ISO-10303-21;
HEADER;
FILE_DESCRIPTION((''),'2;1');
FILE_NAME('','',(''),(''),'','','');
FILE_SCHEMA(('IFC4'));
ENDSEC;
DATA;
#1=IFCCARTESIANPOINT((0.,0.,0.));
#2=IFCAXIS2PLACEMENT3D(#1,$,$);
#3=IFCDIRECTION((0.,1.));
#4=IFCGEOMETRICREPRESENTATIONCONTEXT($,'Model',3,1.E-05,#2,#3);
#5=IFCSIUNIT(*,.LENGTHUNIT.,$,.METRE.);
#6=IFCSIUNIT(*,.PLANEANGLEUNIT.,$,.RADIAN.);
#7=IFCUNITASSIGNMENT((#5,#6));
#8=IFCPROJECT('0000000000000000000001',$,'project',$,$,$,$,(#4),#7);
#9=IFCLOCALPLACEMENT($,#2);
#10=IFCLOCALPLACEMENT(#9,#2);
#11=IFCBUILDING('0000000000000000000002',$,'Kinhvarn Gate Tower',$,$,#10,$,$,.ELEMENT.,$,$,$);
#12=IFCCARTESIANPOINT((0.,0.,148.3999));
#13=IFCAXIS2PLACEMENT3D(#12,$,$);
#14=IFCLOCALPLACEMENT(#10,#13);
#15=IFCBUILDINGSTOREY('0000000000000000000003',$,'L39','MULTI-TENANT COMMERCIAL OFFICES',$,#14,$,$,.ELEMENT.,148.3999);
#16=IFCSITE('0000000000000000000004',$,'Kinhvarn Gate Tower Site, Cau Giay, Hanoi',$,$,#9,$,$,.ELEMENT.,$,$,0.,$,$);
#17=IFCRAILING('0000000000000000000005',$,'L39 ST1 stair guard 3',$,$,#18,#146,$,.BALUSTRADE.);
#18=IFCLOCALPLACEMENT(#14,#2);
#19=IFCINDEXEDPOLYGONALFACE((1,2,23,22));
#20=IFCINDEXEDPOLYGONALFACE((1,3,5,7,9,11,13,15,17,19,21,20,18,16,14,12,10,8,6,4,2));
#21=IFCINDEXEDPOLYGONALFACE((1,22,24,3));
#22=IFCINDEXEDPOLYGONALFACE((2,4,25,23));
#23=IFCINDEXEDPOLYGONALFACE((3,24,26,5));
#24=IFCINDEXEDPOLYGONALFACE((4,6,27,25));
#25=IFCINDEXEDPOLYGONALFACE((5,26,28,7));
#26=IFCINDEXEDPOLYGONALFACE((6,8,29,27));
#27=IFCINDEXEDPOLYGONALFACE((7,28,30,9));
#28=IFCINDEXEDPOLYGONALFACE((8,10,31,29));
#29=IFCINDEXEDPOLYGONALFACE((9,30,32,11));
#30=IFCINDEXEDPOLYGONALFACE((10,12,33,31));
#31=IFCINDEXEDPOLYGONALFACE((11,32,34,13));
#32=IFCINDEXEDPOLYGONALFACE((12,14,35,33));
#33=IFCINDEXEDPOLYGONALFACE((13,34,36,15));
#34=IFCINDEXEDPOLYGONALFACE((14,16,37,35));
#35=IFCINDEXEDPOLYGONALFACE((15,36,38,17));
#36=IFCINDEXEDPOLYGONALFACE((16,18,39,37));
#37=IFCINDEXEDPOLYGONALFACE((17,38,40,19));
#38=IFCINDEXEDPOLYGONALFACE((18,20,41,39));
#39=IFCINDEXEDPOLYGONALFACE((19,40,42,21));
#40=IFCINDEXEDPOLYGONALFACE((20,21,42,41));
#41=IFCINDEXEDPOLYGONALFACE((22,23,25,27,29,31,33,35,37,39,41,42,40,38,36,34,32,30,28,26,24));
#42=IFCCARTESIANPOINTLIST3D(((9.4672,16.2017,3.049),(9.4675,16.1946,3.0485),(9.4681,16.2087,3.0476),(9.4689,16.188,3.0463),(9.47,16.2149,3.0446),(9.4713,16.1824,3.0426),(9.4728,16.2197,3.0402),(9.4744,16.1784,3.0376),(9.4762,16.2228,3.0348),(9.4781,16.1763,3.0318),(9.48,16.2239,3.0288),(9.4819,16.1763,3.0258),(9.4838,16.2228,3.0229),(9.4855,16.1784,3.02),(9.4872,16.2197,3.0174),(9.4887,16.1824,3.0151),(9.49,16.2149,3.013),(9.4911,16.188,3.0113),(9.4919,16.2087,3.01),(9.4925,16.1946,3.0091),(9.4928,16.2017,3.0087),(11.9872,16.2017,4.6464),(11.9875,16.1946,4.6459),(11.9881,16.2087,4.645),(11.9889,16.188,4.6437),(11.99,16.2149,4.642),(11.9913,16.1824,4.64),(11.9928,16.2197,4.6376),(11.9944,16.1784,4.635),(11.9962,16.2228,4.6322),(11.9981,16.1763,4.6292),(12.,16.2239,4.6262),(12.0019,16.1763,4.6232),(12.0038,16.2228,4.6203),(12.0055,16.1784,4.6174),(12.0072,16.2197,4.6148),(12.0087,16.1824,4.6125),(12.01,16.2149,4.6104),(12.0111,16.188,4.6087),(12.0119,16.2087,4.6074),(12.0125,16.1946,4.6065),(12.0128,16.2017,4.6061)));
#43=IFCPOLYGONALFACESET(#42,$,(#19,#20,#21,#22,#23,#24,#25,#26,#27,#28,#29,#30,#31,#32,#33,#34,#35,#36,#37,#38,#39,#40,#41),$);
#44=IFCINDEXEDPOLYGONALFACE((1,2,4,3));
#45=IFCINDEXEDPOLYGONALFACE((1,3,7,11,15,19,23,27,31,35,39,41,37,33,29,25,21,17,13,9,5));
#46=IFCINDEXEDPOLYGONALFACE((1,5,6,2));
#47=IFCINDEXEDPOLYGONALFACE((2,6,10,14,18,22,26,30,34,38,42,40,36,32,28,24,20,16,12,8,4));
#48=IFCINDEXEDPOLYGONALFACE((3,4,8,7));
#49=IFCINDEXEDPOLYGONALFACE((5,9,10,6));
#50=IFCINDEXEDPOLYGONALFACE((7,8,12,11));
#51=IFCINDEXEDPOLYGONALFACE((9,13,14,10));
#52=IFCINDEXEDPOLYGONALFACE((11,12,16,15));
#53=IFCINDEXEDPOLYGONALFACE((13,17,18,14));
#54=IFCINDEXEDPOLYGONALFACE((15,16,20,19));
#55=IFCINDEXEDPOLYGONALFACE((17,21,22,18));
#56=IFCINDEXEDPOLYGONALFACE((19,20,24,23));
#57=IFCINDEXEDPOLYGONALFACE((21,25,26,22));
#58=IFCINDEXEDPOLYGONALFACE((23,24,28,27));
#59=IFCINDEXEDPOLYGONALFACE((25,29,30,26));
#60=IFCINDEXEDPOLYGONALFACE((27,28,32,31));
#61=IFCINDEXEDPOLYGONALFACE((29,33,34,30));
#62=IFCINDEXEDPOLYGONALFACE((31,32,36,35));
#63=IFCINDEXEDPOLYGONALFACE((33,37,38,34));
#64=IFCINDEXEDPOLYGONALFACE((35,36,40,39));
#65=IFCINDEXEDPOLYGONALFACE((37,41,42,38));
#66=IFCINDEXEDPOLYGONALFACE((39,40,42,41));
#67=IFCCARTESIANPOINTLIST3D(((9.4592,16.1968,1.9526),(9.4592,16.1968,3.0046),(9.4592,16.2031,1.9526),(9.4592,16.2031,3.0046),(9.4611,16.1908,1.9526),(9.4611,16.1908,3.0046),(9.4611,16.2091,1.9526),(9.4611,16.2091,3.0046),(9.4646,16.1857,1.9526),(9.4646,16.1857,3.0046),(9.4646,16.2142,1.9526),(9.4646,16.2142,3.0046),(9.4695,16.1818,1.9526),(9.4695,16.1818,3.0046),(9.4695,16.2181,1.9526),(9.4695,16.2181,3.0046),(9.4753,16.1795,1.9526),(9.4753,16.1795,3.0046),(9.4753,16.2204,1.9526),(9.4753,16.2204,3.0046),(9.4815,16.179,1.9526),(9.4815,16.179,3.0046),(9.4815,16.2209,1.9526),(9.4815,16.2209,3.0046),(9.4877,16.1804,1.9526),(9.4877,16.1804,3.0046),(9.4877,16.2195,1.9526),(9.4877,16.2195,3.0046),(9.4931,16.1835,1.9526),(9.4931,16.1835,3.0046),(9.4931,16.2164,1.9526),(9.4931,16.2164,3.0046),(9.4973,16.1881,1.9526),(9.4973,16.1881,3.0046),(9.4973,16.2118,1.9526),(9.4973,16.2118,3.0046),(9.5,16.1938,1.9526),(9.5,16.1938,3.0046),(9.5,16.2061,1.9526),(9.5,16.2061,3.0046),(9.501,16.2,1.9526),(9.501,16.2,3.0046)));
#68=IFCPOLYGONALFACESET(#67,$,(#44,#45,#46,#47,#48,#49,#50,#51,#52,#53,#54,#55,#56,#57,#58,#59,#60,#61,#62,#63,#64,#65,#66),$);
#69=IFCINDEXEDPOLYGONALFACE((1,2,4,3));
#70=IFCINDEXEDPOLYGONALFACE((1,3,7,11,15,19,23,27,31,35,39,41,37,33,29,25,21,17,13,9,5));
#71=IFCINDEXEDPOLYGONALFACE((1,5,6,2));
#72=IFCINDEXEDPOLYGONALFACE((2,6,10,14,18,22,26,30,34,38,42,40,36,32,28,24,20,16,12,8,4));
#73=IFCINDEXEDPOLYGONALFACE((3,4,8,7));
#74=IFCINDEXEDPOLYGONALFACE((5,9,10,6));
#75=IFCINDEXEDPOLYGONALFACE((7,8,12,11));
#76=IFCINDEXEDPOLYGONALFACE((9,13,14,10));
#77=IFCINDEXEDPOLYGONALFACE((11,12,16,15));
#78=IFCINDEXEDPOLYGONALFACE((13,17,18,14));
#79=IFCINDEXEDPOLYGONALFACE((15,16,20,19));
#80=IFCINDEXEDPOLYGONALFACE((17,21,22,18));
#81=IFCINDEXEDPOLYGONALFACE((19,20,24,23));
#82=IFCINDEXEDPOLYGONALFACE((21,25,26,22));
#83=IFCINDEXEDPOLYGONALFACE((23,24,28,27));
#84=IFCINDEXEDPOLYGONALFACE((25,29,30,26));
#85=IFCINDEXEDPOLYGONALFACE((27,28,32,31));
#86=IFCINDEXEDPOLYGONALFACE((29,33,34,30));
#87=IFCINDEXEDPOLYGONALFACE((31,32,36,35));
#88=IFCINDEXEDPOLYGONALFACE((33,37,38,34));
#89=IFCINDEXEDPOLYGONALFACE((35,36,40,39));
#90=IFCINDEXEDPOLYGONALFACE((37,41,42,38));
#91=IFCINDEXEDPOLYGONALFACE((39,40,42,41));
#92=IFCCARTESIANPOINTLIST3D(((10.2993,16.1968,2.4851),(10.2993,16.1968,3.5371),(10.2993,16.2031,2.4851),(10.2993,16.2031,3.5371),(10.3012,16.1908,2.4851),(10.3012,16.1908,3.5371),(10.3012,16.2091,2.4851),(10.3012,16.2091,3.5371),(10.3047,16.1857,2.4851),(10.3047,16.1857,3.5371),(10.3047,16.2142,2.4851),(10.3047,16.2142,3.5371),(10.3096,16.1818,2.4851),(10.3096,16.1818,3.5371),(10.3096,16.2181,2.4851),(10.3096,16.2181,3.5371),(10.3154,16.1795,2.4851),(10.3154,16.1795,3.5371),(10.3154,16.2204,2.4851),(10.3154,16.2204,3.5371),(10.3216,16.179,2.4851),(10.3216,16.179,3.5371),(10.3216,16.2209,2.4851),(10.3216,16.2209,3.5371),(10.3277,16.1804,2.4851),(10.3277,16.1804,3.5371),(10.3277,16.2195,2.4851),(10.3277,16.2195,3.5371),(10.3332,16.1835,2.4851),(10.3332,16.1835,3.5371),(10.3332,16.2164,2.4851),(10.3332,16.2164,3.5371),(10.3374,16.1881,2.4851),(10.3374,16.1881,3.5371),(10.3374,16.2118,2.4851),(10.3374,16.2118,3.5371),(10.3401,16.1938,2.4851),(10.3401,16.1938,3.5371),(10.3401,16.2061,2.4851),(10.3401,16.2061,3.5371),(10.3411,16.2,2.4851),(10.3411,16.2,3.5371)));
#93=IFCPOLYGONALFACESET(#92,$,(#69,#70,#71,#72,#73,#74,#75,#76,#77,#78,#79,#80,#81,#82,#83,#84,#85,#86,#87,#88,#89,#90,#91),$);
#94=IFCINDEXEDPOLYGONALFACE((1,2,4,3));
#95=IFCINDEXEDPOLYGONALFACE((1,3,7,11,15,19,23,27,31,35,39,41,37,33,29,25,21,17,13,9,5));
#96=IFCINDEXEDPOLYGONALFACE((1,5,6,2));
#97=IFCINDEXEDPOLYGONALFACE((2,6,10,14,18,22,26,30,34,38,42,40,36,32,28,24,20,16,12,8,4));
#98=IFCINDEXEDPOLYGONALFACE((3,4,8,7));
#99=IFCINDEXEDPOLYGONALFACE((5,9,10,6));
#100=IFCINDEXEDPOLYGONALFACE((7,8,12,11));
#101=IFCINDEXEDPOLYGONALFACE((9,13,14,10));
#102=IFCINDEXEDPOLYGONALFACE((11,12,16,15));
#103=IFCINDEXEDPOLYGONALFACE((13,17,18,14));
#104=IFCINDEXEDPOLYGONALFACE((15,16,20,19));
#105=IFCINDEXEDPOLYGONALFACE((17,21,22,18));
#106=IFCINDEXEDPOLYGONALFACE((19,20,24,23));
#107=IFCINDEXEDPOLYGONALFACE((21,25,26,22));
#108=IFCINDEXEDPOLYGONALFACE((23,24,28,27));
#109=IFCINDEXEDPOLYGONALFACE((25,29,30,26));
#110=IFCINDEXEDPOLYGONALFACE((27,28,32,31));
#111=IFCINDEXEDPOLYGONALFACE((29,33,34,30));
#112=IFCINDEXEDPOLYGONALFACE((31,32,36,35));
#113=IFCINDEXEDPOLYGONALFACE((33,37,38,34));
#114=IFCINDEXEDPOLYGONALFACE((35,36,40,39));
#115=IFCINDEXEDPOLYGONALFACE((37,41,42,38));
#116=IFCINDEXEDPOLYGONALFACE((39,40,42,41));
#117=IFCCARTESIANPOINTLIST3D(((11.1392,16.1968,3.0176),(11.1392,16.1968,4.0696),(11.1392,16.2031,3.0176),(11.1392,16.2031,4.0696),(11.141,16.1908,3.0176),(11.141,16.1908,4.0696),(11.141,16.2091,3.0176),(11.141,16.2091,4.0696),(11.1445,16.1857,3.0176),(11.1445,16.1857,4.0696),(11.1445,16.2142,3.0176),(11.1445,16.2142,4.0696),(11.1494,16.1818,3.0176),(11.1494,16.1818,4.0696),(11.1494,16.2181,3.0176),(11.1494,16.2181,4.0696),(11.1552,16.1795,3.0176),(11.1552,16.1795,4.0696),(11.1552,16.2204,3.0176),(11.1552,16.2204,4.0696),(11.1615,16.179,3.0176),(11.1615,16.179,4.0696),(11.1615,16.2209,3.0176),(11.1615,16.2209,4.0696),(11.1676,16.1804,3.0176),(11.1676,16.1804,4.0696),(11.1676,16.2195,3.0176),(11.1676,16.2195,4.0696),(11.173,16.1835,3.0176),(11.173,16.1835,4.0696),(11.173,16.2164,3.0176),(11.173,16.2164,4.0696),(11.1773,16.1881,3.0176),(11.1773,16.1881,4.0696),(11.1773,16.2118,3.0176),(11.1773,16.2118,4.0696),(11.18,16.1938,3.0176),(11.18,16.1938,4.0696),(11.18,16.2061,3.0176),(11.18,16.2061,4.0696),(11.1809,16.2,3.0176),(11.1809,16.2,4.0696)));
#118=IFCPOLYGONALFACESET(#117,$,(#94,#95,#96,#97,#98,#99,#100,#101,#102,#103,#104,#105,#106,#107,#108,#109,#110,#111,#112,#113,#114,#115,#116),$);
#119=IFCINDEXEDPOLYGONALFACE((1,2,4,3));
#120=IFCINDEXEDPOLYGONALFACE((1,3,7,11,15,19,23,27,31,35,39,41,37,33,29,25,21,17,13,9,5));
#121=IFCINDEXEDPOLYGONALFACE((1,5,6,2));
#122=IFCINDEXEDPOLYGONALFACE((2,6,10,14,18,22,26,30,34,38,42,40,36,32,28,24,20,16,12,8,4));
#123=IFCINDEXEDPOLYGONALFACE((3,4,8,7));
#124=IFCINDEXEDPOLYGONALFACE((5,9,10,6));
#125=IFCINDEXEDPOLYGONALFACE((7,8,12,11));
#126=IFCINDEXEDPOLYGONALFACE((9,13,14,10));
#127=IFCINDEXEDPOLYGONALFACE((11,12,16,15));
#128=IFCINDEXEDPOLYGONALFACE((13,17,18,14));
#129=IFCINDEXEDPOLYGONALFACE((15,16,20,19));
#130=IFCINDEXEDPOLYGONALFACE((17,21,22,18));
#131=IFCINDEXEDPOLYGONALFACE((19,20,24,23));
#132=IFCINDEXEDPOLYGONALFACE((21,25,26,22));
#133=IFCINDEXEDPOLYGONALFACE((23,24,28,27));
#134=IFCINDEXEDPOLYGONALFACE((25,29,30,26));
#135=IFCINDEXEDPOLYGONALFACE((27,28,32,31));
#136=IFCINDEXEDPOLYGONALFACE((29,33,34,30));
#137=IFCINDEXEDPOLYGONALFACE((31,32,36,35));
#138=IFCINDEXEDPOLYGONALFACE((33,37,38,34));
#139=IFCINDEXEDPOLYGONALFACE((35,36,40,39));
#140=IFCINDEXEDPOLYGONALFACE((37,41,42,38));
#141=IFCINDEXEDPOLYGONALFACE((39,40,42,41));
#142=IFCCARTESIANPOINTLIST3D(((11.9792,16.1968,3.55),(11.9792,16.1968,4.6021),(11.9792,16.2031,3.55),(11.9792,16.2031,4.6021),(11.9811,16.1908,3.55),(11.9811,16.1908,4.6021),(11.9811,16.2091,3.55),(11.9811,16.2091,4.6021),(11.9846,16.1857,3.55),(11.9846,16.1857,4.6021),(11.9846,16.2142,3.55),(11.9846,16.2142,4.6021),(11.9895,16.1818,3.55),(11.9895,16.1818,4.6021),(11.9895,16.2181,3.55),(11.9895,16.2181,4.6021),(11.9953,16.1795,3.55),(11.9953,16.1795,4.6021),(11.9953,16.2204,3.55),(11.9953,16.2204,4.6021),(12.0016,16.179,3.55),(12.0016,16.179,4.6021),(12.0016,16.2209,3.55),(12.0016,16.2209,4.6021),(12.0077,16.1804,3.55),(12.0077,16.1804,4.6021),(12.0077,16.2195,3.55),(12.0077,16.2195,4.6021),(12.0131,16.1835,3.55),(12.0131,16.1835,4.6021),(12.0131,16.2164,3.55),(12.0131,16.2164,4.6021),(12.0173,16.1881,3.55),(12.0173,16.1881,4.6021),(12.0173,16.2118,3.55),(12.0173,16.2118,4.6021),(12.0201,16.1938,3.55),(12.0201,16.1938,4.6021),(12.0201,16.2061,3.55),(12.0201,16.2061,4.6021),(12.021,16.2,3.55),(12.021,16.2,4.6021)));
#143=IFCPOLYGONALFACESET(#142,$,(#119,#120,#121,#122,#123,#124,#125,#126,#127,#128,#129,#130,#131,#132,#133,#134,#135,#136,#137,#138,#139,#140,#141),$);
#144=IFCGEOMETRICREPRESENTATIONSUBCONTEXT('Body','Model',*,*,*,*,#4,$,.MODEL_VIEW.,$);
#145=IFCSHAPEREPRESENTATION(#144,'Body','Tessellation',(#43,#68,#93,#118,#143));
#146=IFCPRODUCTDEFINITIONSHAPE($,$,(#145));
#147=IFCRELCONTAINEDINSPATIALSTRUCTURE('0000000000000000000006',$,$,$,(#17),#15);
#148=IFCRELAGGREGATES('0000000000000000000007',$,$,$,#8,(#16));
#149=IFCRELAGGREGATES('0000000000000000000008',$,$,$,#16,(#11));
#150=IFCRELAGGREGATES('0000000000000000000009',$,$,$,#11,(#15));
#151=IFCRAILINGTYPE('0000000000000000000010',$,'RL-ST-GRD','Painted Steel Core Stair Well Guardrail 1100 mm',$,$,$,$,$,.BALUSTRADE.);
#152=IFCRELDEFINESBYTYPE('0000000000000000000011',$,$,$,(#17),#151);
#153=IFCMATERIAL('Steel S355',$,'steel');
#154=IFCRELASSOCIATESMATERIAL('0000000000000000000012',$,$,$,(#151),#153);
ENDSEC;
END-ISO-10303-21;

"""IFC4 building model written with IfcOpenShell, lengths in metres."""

from ifc_helpers import new_model, si_unit, direction, frame, origin, origin_2d, place, context, subcontext, project, spatial, circle, extrude, material, type_object, element, save


model = new_model("IFC4")

# Units and contexts
model_context = context("Model", 3, precision=1e-05, world=origin(), true_north=direction((0.0, 1.0)))
body_context = subcontext(model_context, "Body", "Model", "MODEL_VIEW")
ifc_project = project(units=[si_unit("LENGTHUNIT", "METRE"), si_unit("PLANEANGLEUNIT", "RADIAN")], contexts=[model_context])

# Site, building, storey
site_placement = place(None, origin())
site = spatial("IfcSite", under=ifc_project, at=site_placement, Name="Kinhvarn Gate Tower Site, Cau Giay, Hanoi", CompositionType="ELEMENT", RefElevation=0.0)
building_placement = place(site_placement, origin())
building = spatial("IfcBuilding", under=site, at=building_placement, Name="Kinhvarn Gate Tower", CompositionType="ELEMENT")
storey_placement = place(building_placement, frame((0.0, 0.0, 148.3999)))
storey = spatial("IfcBuildingStorey", under=building, at=storey_placement, Name="L39", Description="MULTI-TENANT COMMERCIAL OFFICES", CompositionType="ELEMENT", Elevation=148.3999)

# Shared definitions
ifc_material_1 = material(Name="Steel S355", Category="steel")

# Railing
railing_type_1 = type_object("IfcRailingType", Name="RL-ST-GRD", Description="Painted Steel Core Stair Well Guardrail 1100 mm", PredefinedType="BALUSTRADE", material=ifc_material_1)
railing_1_placement = place(storey_placement, frame((9.48, 16.2, 1.9526)))
element("IfcRailing", 1, at=railing_1_placement, inside=storey, type_object=railing_type_1, Name="L39 ST1 stair guard 3", PredefinedType="BALUSTRADE", context=body_context, shape_type="SweptSolid", body=[
    extrude(circle(Radius=0.0239, at=origin_2d()), frame((0.0, 0.0, 1.0762), z_axis=(0.844607, 0.0, 0.535387), x_axis=(0.0, 1.0, 0.0)), (0.0, 0.0, 1.0), 2.9836),
    extrude(circle(Radius=0.021, at=origin_2d()), origin(), (0.0, 0.0, 1.0), 1.052),
    extrude(circle(Radius=0.021, at=origin_2d()), frame((0.8401, 0.0, 0.5325)), (0.0, 0.0, 1.0), 1.052),
    extrude(circle(Radius=0.021, at=origin_2d()), frame((1.6799, 0.0, 1.0649)), (0.0, 0.0, 1.0), 1.052),
    extrude(circle(Radius=0.021, at=origin_2d()), frame((2.52, 0.0, 1.5974)), (0.0, 0.0, 1.0), 1.052),
])

save(model, "model.ifc")
